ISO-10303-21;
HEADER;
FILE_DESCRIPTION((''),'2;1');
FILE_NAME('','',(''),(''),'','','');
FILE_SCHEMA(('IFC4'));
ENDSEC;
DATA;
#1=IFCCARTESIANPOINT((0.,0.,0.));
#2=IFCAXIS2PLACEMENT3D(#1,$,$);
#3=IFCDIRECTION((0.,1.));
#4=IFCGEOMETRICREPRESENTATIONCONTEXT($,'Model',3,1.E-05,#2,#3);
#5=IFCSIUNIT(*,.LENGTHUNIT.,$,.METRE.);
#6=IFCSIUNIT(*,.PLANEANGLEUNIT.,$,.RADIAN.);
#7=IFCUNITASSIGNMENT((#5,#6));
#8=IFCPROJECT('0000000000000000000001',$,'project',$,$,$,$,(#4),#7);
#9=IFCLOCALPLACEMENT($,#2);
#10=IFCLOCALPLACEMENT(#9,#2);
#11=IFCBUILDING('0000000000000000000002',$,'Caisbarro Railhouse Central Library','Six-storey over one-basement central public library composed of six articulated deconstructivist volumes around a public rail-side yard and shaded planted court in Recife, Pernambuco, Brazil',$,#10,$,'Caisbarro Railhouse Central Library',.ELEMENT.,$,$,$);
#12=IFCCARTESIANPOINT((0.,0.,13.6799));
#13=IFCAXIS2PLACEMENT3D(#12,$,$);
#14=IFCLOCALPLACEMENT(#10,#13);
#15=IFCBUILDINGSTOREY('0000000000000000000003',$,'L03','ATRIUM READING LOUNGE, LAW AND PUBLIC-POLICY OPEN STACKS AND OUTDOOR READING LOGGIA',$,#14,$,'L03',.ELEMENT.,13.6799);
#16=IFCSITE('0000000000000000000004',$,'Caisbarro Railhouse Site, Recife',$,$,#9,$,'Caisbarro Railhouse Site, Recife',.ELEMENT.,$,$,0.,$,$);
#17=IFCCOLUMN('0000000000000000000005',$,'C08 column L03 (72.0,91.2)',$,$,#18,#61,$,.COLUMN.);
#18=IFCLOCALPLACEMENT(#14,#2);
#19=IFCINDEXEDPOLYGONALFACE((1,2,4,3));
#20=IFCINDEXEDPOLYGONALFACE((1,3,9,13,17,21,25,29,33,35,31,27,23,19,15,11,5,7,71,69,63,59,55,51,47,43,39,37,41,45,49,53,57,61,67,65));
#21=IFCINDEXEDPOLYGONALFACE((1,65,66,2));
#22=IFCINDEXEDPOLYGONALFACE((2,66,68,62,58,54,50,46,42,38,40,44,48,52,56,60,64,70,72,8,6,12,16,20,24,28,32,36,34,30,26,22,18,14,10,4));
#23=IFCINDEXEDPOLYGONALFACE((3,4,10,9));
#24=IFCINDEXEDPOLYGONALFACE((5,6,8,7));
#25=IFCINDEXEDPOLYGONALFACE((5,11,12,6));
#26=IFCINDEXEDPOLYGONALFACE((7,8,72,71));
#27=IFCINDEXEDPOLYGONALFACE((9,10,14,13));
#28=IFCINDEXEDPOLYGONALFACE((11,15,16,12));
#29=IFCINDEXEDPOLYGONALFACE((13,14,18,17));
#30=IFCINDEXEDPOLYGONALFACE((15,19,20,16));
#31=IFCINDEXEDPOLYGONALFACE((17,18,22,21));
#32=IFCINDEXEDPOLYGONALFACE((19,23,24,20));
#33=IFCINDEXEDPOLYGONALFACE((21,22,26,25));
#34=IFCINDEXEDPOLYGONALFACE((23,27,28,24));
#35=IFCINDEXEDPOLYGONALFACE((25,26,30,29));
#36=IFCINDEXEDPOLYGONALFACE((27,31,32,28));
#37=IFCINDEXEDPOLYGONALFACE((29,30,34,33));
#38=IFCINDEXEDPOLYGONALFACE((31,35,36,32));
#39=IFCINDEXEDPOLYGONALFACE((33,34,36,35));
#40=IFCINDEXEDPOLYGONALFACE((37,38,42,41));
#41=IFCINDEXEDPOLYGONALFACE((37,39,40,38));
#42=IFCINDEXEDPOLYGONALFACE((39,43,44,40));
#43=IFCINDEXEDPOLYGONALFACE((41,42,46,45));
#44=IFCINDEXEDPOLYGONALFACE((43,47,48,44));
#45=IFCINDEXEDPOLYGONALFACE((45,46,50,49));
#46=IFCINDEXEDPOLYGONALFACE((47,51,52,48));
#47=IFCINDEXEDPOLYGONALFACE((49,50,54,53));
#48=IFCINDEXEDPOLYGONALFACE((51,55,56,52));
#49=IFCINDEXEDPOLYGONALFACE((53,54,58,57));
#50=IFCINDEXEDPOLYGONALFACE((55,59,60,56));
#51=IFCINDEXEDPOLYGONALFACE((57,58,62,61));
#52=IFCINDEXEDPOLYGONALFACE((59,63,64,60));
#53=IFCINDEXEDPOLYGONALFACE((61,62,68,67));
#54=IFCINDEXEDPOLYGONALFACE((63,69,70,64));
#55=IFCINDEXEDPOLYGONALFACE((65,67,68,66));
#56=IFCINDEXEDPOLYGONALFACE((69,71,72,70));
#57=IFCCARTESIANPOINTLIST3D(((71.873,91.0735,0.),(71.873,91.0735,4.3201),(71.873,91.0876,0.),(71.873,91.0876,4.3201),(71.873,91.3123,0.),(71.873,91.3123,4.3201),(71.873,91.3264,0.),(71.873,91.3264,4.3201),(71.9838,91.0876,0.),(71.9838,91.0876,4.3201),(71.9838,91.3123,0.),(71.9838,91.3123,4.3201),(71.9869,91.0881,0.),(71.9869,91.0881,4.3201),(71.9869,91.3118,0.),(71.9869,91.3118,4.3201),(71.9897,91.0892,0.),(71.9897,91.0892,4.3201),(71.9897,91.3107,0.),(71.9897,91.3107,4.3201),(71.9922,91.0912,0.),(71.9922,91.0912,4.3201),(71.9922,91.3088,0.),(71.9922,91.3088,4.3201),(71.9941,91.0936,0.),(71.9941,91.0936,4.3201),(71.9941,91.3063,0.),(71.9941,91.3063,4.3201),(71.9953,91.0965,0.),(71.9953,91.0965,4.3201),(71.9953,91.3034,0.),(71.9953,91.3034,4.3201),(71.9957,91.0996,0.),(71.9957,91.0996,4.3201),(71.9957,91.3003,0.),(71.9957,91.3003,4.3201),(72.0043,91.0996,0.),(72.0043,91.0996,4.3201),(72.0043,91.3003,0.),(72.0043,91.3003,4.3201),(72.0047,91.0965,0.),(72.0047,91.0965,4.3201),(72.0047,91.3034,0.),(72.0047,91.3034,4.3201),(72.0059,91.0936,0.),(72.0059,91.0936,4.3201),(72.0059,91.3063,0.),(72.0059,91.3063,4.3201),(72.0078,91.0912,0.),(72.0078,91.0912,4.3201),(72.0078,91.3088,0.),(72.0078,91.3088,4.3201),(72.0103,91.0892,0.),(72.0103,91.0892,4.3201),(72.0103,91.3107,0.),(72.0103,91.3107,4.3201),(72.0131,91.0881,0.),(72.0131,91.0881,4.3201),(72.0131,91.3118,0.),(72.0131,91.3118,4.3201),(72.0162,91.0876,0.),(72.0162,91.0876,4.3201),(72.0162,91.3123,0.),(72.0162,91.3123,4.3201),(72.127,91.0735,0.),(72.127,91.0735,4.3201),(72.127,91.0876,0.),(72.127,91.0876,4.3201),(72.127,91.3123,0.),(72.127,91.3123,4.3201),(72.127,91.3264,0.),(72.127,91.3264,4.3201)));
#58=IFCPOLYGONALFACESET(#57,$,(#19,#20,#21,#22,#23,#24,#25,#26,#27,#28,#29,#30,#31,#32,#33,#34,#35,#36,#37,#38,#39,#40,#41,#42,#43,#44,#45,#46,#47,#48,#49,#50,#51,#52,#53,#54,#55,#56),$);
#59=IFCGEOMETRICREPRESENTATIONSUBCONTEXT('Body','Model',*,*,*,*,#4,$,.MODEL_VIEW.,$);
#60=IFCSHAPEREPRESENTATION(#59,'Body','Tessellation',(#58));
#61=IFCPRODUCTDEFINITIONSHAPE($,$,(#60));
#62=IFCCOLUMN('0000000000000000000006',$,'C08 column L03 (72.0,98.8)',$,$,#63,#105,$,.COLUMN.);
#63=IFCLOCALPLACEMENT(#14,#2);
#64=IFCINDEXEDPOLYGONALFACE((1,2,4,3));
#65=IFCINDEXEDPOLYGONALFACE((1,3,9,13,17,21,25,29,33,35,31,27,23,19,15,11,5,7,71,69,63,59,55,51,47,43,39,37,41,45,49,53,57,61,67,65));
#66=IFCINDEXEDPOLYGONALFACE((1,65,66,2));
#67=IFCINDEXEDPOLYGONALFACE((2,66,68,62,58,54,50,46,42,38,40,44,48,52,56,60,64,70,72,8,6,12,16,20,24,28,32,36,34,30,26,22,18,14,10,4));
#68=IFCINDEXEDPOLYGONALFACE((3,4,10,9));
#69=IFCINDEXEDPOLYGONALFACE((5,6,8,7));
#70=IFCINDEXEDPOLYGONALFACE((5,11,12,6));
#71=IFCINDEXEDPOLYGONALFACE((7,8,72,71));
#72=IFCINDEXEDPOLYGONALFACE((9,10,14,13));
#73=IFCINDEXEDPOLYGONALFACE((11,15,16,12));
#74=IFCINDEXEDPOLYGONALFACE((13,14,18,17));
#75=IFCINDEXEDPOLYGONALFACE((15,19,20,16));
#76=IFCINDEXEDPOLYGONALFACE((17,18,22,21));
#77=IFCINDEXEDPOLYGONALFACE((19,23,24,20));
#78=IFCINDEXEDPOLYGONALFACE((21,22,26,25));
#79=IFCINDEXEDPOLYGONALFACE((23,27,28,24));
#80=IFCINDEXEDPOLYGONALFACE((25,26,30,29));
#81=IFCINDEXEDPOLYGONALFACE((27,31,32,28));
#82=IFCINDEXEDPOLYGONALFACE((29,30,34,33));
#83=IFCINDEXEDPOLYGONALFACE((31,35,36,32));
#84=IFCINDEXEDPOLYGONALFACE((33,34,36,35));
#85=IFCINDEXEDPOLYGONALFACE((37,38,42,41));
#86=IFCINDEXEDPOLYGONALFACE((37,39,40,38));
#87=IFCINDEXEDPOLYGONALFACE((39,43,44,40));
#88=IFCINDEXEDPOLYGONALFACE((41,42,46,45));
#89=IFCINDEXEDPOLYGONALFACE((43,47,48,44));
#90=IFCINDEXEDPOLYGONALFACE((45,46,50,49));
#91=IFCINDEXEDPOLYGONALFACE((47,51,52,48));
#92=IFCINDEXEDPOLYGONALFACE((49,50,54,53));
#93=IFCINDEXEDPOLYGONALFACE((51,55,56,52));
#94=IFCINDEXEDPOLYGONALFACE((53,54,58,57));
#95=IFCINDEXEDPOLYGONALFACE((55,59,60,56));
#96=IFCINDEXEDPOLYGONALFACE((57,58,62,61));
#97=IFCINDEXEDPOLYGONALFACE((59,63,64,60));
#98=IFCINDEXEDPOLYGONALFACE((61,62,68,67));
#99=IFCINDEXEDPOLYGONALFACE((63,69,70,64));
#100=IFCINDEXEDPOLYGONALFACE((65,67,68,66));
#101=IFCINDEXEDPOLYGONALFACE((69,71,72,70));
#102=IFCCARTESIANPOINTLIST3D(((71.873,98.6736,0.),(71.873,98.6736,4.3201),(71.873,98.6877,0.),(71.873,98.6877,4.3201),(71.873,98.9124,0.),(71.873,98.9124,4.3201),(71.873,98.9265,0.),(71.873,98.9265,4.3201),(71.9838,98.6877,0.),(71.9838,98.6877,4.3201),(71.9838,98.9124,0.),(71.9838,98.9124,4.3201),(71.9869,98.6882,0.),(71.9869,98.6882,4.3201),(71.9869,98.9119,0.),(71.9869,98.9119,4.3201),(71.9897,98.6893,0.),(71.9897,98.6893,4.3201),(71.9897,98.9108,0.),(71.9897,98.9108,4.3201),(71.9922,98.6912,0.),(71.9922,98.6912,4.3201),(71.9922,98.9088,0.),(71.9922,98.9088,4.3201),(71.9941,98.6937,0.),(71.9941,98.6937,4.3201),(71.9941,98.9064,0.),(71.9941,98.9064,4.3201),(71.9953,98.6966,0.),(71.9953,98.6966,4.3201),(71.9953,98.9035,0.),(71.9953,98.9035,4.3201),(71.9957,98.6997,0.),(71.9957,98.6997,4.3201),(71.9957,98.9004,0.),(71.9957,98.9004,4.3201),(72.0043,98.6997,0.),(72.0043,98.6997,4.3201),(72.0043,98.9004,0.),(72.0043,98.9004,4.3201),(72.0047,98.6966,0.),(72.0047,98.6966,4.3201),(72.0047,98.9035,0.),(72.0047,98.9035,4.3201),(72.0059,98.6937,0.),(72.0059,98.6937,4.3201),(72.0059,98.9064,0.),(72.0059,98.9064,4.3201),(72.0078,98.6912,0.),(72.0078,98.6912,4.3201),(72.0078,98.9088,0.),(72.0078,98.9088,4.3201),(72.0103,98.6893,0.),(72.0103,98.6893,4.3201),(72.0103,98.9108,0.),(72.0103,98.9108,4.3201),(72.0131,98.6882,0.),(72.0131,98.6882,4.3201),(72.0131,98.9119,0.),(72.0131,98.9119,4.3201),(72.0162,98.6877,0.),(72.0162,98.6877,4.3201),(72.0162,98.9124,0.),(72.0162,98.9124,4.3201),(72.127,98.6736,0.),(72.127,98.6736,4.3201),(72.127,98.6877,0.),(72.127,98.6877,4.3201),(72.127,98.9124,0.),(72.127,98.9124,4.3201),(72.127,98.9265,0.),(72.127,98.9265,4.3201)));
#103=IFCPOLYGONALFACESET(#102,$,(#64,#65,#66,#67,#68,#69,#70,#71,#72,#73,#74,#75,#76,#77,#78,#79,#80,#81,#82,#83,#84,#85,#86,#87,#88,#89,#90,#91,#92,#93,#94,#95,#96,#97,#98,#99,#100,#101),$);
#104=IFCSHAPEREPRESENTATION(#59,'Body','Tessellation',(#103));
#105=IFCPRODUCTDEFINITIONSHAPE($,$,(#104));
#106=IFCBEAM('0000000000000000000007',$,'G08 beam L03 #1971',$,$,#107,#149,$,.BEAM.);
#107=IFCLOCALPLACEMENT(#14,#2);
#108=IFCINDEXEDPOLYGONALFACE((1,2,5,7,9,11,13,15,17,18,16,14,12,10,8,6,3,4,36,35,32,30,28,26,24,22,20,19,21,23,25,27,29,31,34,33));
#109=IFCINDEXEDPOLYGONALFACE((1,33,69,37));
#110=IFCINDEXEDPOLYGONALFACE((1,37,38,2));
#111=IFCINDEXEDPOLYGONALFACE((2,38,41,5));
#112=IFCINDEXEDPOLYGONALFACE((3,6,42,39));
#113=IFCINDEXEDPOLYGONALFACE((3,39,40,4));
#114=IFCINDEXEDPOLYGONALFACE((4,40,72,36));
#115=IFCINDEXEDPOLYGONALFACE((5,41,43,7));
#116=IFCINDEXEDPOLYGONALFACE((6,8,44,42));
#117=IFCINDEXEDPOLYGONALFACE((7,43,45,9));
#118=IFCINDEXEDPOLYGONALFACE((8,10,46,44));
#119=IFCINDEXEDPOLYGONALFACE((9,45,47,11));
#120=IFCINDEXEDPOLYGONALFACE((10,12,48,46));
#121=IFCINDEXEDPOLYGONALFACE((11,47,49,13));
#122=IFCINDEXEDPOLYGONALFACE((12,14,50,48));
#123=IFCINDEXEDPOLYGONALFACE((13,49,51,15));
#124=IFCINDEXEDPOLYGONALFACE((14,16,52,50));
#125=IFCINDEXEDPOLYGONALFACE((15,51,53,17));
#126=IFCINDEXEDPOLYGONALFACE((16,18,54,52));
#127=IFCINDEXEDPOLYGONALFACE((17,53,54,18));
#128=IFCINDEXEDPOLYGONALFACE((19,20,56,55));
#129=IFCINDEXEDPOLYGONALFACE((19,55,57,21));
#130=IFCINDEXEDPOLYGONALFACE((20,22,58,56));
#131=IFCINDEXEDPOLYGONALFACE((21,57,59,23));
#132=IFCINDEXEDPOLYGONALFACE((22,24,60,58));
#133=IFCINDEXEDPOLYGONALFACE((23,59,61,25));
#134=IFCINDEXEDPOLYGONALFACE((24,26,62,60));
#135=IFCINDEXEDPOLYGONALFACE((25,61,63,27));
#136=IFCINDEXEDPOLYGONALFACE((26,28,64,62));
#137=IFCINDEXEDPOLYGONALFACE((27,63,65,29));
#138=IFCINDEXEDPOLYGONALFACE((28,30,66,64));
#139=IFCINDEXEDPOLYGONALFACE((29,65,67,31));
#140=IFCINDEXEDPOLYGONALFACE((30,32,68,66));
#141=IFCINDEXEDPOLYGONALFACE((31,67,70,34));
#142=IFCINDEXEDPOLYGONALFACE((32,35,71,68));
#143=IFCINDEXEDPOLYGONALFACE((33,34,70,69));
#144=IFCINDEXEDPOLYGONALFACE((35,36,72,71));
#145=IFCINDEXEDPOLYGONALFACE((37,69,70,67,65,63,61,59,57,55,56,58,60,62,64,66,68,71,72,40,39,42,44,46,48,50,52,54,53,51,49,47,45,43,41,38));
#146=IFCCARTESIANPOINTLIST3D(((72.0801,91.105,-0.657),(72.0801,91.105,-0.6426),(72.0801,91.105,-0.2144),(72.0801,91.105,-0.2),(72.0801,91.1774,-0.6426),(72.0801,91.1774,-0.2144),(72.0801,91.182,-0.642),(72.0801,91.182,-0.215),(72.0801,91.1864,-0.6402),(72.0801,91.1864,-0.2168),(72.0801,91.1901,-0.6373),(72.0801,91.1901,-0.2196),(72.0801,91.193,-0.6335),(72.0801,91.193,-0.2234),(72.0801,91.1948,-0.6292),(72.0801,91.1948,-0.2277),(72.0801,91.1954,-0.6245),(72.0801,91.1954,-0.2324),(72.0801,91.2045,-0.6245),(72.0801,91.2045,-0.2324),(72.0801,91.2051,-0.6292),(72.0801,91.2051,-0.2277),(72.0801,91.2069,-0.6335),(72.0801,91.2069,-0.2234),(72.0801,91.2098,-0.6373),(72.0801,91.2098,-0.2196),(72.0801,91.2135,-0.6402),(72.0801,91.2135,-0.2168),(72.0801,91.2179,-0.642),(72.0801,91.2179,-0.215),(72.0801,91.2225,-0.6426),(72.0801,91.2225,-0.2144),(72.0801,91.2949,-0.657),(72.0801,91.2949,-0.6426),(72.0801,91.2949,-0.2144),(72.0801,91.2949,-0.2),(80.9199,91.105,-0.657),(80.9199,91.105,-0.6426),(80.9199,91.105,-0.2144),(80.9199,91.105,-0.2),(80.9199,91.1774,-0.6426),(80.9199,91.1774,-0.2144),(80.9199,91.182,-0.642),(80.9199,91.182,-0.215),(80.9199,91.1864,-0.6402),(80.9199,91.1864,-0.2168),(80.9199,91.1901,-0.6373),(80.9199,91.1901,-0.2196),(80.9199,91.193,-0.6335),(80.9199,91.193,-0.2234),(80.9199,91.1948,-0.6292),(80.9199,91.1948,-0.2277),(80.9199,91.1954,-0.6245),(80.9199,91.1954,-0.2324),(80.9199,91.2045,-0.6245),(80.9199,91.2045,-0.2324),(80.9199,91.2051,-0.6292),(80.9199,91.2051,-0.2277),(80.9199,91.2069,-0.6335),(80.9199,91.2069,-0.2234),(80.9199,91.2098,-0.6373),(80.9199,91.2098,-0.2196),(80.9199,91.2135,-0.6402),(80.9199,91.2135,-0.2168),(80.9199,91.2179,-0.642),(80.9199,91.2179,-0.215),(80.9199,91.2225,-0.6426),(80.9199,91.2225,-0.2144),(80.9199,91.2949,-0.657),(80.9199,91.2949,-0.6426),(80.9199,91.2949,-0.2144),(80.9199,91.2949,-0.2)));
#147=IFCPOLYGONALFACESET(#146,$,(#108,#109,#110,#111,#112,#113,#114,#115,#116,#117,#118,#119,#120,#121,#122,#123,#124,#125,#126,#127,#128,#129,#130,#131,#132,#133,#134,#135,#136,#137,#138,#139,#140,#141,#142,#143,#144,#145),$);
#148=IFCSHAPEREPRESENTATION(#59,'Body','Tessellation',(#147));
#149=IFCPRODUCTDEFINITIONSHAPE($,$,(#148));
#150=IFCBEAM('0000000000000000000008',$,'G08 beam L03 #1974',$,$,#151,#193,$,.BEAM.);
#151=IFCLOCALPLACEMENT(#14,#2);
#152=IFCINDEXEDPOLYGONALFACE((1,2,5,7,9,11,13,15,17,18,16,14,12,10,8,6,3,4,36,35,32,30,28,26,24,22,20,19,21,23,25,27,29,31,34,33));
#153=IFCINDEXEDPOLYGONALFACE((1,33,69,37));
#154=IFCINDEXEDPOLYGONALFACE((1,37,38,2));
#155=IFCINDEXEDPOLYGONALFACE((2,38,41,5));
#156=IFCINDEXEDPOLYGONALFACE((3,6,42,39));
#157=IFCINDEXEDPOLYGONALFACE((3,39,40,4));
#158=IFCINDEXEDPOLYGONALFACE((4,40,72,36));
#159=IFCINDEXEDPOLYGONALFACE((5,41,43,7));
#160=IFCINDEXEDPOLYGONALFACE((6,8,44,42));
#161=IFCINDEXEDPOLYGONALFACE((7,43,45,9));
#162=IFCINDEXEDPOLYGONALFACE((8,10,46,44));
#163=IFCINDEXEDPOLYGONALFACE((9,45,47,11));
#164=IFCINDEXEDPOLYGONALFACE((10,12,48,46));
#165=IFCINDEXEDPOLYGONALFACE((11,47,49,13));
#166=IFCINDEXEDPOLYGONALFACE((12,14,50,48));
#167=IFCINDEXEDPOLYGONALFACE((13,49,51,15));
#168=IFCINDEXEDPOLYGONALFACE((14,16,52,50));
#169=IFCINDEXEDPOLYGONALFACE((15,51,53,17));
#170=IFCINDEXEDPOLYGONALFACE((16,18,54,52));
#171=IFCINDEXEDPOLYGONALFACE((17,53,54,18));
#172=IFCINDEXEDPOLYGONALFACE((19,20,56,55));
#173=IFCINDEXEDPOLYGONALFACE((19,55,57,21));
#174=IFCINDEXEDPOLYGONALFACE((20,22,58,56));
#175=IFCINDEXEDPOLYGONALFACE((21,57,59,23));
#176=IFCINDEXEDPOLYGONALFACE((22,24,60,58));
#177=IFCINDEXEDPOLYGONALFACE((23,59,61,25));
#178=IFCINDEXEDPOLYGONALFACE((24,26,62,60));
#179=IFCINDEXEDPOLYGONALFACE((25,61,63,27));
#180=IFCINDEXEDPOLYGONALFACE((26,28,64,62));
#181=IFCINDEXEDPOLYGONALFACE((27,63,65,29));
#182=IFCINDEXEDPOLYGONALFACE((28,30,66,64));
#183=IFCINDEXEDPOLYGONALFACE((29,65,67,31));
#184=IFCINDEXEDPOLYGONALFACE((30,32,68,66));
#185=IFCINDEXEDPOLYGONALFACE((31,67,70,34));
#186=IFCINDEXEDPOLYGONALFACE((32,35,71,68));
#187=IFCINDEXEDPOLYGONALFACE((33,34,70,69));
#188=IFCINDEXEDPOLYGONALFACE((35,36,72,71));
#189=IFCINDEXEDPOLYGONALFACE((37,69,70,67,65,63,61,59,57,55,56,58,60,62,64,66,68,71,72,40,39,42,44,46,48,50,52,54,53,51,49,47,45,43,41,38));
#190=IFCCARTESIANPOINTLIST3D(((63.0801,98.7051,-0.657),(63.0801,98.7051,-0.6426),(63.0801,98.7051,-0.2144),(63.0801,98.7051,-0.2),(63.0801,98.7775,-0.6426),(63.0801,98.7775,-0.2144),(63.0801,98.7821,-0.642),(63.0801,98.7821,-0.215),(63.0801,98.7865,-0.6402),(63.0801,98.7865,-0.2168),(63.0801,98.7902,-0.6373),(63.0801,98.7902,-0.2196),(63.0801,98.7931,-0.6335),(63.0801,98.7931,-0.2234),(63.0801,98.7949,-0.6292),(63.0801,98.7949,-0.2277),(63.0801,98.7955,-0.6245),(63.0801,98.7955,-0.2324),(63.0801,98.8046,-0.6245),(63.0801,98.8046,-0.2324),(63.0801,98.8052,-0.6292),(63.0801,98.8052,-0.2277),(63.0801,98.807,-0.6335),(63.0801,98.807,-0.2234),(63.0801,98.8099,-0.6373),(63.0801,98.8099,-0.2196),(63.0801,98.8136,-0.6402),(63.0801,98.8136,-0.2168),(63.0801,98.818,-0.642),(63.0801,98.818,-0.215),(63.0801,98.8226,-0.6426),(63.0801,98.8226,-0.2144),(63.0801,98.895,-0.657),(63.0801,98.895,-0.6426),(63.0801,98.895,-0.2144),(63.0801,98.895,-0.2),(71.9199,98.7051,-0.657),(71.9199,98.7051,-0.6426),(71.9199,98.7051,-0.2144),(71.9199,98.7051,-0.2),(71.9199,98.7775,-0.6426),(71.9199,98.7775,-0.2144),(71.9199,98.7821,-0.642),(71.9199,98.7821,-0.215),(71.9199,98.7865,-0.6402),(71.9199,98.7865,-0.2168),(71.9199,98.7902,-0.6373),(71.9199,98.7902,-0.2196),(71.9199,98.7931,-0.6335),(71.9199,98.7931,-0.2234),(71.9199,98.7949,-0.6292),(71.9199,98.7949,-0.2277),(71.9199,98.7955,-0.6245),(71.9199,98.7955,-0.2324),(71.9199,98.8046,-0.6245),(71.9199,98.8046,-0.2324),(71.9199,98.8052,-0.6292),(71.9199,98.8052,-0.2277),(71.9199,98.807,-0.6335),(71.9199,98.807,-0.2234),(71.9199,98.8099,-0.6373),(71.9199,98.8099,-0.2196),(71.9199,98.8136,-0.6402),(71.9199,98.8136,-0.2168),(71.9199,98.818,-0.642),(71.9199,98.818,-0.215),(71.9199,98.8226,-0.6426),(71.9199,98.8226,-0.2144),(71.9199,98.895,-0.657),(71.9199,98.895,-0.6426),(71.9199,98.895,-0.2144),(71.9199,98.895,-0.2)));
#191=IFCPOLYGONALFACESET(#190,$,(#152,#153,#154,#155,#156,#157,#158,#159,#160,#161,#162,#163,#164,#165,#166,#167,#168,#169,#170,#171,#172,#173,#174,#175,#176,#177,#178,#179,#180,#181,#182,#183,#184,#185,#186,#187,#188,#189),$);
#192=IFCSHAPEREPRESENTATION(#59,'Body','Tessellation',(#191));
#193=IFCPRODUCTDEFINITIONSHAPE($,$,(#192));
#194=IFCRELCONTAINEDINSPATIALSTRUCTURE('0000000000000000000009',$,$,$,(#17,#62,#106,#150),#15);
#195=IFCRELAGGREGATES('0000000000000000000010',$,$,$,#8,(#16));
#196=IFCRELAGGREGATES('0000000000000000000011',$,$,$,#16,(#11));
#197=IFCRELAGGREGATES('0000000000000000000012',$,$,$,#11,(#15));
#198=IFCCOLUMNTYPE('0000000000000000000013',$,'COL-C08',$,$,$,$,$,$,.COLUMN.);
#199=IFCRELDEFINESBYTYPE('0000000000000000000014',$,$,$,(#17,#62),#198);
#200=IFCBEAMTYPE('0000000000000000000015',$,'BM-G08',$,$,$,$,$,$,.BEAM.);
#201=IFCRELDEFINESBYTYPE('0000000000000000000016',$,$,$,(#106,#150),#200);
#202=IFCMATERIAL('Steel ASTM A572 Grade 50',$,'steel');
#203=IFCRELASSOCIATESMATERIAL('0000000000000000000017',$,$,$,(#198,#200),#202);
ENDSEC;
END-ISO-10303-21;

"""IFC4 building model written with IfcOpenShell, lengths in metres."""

from ifc_helpers import new_model, si_unit, direction, frame, origin, origin_2d, place, context, subcontext, project, spatial, i_section, extrude, material, material_profile, profile_set, type_object, element, save


model = new_model("IFC4")

# Units and contexts
model_context = context("Model", 3, precision=1e-05, world=origin(), true_north=direction((0.0, 1.0)))
body_context = subcontext(model_context, "Body", "Model", "MODEL_VIEW")
ifc_project = project(units=[si_unit("LENGTHUNIT", "METRE"), si_unit("PLANEANGLEUNIT", "RADIAN")], contexts=[model_context])

# Site, building, storey
site_placement = place(None, origin())
site = spatial("IfcSite", under=ifc_project, at=site_placement, Name="Caisbarro Railhouse Site, Recife", LongName="Caisbarro Railhouse Site, Recife", CompositionType="ELEMENT", RefElevation=0.0)
building_placement = place(site_placement, origin())
building = spatial("IfcBuilding", under=site, at=building_placement, Name="Caisbarro Railhouse Central Library", Description="Six-storey over one-basement central public library composed of six articulated deconstructivist volumes around a public rail-side yard and shaded planted court in Recife, Pernambuco, Brazil", LongName="Caisbarro Railhouse Central Library", CompositionType="ELEMENT")
storey_placement = place(building_placement, frame((0.0, 0.0, 13.6799)))
storey = spatial("IfcBuildingStorey", under=building, at=storey_placement, Name="L03", Description="ATRIUM READING LOUNGE, LAW AND PUBLIC-POLICY OPEN STACKS AND OUTDOOR READING LOGGIA", LongName="L03", CompositionType="ELEMENT", Elevation=13.6799)

# Columns
ifc_material_1 = material(Name="Steel ASTM A572 Grade 50", Category="steel")
ifc_material_profile_1 = material_profile(ifc_material_1, i_section(OverallWidth=0.2539, OverallDepth=0.2529, WebThickness=0.0085, FlangeThickness=0.0142, FilletRadius=0.012, at=origin_2d()), Name="W250X73.0")
ifc_profile_set_1 = profile_set([ifc_material_profile_1], Name="Steel ASTM A572 Grade 50")
column_type = type_object("IfcColumnType", Name="COL-C08", PredefinedType="COLUMN", material=ifc_profile_set_1)
for number, where, z_axis, x_axis, name in (
    (1, (72.0, 91.2, 0.0), (0.0, 0.0, 1.0), (1.0, 0.0, 0.0), "C08 column L03 (72.0,91.2)"),
    (2, (72.0, 98.8, 0.0), (0.0, 0.0, 1.0), (1.0, 0.0, 0.0), "C08 column L03 (72.0,98.8)"),
):
    element("IfcColumn", number, at=place(storey_placement, frame(where, z_axis=z_axis, x_axis=x_axis)), inside=storey, type_object=column_type, Name=name, PredefinedType="COLUMN", context=body_context, shape_type="SweptSolid", body=[
        extrude(i_section(OverallWidth=0.2539, OverallDepth=0.2529, WebThickness=0.0085, FlangeThickness=0.0142, FilletRadius=0.012, at=origin_2d()), origin(), (0.0, 0.0, 1.0), 4.3201),
    ])

# Beams
ifc_material_profile_2 = material_profile(ifc_material_1, i_section(OverallWidth=0.1899, OverallDepth=0.457, WebThickness=0.009, FlangeThickness=0.0144, FilletRadius=0.0181, at=origin_2d()), Name="W460X74.0")
ifc_profile_set_2 = profile_set([ifc_material_profile_2], Name="Steel ASTM A572 Grade 50")
beam_type_1 = type_object("IfcBeamType", Name="BM-G08", PredefinedType="BEAM", material=ifc_profile_set_2)
for number, where, z_axis, x_axis, name in (
    (3, (72.0801, 91.2, -0.4285), (1.0, 0.0, 0.0), (0.0, 1.0, 0.0), "G08 beam L03 #1971"),
    (4, (63.0801, 98.8, -0.4285), (1.0, 0.0, 0.0), (0.0, 1.0, 0.0), "G08 beam L03 #1974"),
):
    element("IfcBeam", number, at=place(storey_placement, frame(where, z_axis=z_axis, x_axis=x_axis)), inside=storey, type_object=beam_type_1, Name=name, PredefinedType="BEAM", context=body_context, shape_type="SweptSolid", body=[
        extrude(i_section(OverallWidth=0.1899, OverallDepth=0.457, WebThickness=0.009, FlangeThickness=0.0144, FilletRadius=0.0181, at=origin_2d()), origin(), (0.0, 0.0, 1.0), 8.8398),
    ])

save(model, "model.ifc")
